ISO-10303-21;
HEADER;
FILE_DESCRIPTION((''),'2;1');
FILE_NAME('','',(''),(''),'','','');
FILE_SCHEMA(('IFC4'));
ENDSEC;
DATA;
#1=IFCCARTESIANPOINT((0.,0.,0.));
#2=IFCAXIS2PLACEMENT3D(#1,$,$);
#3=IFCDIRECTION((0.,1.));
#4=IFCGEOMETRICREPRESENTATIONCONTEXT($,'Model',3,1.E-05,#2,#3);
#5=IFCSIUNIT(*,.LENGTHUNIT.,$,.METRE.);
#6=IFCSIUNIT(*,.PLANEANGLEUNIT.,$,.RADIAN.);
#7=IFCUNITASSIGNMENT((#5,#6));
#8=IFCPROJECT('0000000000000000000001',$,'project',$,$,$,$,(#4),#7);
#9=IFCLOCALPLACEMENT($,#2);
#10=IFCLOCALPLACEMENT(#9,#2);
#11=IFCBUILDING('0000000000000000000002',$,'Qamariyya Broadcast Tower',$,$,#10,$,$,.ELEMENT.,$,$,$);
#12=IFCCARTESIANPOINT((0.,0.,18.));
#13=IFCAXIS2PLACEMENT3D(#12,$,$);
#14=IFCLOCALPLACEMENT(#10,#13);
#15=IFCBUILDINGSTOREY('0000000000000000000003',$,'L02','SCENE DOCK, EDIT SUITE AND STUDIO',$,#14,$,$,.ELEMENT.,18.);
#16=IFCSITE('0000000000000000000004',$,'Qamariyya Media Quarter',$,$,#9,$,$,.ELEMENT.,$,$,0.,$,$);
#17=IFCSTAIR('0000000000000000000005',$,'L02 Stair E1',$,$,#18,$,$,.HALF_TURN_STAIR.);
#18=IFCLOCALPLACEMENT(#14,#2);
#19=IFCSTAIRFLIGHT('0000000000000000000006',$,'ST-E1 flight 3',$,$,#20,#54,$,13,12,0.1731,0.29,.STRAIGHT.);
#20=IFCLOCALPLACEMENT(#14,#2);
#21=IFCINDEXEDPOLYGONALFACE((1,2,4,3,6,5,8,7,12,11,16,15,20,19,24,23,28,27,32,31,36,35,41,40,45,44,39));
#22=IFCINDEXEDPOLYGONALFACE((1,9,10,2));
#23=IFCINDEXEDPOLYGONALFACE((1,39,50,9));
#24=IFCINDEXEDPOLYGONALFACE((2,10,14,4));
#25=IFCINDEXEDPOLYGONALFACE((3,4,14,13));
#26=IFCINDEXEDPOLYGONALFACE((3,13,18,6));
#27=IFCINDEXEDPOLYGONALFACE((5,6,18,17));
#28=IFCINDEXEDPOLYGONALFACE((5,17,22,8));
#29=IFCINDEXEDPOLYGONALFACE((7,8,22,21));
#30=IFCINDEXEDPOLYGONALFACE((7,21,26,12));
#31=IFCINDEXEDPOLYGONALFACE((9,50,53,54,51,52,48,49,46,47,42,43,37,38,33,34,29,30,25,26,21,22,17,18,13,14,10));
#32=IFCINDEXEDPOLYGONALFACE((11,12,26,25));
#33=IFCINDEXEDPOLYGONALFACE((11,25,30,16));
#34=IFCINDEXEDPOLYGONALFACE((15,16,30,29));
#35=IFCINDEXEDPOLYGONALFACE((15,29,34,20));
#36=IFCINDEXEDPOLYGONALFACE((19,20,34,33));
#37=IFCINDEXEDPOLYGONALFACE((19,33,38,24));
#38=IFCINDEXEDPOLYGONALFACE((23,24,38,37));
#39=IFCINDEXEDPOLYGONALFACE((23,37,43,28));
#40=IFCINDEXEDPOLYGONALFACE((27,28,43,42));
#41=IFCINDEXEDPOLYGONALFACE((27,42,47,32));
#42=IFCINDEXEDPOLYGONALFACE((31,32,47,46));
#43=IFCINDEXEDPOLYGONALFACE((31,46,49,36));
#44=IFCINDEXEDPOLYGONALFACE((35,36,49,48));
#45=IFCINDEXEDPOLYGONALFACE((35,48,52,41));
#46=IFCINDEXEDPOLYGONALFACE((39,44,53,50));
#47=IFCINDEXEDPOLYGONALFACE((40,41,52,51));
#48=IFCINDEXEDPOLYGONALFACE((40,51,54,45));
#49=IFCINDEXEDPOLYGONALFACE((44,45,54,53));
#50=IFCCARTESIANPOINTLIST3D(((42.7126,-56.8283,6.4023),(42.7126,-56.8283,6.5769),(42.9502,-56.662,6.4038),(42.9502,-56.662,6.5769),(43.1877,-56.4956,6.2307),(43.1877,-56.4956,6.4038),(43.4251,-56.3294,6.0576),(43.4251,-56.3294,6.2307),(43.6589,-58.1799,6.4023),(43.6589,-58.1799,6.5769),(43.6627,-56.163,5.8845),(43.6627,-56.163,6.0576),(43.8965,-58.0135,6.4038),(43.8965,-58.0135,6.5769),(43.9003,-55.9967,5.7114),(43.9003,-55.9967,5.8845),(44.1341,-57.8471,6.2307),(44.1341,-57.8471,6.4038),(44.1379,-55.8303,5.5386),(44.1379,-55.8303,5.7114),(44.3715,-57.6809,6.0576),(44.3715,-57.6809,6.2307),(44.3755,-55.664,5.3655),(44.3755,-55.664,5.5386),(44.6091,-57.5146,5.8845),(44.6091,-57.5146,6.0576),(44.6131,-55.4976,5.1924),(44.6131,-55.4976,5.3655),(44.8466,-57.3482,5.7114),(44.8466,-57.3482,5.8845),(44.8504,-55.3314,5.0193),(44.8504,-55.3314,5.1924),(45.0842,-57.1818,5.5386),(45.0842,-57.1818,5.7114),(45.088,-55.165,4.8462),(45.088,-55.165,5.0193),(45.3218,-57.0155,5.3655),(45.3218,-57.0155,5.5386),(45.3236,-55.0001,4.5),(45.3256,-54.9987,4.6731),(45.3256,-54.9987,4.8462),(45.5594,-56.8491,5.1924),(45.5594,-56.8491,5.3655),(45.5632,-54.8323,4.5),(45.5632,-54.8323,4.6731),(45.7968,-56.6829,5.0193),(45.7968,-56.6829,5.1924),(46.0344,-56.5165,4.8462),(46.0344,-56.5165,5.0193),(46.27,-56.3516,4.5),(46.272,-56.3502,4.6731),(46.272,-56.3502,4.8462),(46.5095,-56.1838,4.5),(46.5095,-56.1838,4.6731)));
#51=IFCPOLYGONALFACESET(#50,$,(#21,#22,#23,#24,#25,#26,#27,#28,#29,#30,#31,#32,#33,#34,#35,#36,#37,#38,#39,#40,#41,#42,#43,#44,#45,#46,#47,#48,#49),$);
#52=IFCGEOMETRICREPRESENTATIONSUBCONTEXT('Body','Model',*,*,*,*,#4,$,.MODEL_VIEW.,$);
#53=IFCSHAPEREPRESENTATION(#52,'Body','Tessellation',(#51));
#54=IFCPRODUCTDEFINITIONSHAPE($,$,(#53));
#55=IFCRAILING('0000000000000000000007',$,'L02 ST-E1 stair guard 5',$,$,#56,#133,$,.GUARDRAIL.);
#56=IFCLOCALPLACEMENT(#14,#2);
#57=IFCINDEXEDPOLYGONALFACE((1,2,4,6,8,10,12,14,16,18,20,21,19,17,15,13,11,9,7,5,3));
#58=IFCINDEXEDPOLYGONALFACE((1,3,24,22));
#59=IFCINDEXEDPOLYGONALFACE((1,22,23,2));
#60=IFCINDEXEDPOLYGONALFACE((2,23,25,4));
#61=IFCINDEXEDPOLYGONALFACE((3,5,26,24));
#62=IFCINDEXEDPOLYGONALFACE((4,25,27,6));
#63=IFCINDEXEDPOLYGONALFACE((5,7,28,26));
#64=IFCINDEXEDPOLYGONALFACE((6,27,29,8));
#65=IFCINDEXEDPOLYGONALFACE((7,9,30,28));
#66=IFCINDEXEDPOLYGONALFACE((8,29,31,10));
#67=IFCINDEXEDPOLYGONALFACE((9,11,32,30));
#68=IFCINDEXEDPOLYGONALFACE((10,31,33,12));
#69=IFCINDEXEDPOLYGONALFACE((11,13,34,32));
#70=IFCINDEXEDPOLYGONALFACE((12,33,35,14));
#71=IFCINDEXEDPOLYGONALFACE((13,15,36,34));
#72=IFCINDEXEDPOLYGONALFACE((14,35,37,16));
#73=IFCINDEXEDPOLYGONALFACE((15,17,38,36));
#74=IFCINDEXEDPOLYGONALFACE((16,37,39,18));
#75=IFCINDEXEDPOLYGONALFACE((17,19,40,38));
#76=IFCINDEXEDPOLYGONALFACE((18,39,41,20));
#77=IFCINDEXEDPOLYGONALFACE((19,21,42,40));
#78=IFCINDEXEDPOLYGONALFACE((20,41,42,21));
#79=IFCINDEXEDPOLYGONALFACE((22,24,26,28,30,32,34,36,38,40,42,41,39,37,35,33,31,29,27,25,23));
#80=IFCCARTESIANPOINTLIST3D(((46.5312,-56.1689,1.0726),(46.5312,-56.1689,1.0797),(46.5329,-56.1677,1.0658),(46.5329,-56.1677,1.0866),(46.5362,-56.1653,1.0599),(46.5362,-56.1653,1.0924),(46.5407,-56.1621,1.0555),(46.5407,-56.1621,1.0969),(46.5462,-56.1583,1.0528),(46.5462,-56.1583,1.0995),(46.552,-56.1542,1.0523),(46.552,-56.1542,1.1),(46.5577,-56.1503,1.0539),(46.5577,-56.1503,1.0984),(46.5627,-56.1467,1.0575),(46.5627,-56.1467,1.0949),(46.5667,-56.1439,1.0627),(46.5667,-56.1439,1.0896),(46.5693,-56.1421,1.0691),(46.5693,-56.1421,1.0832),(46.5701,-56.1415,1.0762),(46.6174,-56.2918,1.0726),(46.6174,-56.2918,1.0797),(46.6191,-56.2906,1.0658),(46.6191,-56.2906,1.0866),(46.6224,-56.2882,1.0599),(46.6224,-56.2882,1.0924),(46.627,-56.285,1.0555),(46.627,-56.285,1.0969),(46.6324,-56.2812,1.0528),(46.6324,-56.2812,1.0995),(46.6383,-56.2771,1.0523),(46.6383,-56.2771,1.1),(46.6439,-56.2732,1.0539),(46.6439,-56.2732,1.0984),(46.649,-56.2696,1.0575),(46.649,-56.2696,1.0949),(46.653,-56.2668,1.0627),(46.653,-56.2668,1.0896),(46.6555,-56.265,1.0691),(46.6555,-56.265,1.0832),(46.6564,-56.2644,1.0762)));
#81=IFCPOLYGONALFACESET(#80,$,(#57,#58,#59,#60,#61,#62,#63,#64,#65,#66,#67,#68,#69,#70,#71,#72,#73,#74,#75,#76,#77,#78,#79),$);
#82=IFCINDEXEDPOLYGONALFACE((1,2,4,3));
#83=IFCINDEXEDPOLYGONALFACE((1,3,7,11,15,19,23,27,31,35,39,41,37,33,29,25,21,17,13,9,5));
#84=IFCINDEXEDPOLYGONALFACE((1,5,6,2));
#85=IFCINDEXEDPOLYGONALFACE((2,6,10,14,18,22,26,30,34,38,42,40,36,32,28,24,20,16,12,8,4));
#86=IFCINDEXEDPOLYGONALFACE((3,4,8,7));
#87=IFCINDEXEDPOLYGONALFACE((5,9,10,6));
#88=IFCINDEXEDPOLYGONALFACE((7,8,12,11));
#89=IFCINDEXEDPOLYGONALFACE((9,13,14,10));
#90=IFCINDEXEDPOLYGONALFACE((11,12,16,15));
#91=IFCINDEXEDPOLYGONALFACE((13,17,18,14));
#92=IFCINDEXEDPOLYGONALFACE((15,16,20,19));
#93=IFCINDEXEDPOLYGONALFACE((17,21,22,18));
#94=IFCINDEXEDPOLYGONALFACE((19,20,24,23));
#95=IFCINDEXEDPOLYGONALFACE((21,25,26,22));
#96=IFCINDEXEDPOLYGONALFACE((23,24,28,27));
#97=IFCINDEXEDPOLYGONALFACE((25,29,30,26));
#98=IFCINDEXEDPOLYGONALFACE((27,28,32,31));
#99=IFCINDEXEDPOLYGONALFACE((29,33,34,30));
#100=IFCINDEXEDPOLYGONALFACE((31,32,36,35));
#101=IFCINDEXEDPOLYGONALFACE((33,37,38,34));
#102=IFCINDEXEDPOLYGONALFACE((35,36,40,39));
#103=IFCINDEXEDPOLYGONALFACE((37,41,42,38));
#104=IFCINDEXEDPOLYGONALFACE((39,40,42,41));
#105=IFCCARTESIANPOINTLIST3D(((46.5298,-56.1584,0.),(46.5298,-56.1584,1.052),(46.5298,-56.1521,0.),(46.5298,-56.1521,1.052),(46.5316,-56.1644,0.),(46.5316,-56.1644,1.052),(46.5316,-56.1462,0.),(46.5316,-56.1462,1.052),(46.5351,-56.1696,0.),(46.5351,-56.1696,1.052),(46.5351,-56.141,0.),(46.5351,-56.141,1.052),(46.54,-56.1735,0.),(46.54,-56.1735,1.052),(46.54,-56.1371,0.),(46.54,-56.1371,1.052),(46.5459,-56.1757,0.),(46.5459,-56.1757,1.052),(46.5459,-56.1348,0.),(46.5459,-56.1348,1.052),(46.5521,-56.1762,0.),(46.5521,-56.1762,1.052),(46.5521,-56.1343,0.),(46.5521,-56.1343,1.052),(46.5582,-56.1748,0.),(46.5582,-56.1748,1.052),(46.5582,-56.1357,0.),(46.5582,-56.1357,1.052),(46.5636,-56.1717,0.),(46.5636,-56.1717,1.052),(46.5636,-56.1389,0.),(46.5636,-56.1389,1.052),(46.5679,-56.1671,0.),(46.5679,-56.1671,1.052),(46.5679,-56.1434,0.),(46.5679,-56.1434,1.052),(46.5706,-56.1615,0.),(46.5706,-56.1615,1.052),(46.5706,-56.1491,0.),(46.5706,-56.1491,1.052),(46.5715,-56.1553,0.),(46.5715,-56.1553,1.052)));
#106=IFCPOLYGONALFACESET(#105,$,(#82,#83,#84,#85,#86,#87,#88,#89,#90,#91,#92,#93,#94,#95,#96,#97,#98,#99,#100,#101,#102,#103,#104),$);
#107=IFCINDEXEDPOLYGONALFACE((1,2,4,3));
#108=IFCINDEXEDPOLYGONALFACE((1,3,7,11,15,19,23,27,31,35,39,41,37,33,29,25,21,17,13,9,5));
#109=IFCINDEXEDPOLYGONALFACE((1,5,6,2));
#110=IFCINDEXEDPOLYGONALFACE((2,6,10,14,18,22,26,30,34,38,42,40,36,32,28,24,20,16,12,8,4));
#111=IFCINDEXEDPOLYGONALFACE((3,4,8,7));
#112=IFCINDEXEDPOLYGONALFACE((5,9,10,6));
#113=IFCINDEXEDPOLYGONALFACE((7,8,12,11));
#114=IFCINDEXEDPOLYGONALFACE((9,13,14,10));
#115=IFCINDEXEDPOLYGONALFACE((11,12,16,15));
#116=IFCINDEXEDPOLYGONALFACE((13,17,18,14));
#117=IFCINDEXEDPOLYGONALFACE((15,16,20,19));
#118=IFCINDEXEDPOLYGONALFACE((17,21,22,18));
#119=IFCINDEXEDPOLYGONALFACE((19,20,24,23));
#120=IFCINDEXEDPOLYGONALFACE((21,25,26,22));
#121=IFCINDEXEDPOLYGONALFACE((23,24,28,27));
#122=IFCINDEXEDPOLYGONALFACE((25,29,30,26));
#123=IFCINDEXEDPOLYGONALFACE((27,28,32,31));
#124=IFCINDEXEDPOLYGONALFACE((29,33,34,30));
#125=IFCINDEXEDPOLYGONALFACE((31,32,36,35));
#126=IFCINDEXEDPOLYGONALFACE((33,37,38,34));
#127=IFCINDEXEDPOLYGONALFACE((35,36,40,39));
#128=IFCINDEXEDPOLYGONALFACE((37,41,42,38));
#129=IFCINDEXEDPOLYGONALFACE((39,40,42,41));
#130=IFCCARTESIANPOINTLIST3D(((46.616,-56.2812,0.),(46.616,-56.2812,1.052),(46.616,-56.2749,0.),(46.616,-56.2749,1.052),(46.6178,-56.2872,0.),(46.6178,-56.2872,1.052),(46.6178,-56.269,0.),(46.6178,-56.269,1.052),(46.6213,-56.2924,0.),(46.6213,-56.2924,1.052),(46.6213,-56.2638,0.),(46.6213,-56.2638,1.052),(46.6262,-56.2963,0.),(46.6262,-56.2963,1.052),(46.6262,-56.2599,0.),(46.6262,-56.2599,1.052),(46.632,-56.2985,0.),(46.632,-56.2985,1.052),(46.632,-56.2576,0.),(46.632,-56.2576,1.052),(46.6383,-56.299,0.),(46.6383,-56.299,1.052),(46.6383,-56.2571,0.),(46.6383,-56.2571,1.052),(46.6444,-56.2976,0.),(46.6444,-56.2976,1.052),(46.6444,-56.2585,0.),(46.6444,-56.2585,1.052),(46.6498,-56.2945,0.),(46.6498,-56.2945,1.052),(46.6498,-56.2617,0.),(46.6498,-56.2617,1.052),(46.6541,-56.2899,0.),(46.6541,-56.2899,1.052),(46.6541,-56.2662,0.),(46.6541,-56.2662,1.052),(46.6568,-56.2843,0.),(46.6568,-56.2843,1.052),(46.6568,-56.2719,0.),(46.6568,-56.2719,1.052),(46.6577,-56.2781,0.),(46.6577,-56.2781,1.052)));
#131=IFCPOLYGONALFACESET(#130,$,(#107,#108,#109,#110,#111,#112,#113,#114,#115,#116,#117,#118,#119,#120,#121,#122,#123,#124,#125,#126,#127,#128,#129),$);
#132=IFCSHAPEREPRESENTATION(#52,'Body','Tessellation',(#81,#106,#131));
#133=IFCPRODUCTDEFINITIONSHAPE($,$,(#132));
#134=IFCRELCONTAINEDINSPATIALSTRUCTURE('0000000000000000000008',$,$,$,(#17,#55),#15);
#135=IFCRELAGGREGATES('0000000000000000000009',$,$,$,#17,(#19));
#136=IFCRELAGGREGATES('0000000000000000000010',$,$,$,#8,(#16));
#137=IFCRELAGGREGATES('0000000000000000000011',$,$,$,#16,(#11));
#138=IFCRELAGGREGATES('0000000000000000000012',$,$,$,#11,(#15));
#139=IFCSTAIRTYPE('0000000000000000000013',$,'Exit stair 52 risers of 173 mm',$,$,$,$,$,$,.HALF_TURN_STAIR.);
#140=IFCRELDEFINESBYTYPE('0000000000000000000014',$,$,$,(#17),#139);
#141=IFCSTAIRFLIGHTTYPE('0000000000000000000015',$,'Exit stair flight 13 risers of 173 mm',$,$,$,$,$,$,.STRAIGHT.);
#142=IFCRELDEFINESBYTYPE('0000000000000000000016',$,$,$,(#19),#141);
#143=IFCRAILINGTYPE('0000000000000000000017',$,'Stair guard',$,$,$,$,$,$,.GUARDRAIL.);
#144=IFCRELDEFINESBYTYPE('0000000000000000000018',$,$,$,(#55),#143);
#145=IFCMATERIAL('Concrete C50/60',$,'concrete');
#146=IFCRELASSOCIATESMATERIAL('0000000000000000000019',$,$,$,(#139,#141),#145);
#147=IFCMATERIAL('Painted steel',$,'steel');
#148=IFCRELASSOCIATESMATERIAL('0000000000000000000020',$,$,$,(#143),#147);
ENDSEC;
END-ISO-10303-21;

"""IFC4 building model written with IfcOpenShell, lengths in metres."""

from ifc_helpers import new_model, si_unit, direction, frame, origin, origin_2d, place, context, subcontext, project, spatial, polyline, circle, outline, extrude, material, type_object, element, aggregate, save


model = new_model("IFC4")

# Units and contexts
model_context = context("Model", 3, precision=1e-05, world=origin(), true_north=direction((0.0, 1.0)))
body_context = subcontext(model_context, "Body", "Model", "MODEL_VIEW")
ifc_project = project(units=[si_unit("LENGTHUNIT", "METRE"), si_unit("PLANEANGLEUNIT", "RADIAN")], contexts=[model_context])

# Site, building, storey
site_placement = place(None, origin())
site = spatial("IfcSite", under=ifc_project, at=site_placement, Name="Qamariyya Media Quarter", CompositionType="ELEMENT", RefElevation=0.0)
building_placement = place(site_placement, origin())
building = spatial("IfcBuilding", under=site, at=building_placement, Name="Qamariyya Broadcast Tower", CompositionType="ELEMENT")
storey_placement = place(building_placement, frame((0.0, 0.0, 18.0)))
storey = spatial("IfcBuildingStorey", under=building, at=storey_placement, Name="L02", Description="SCENE DOCK, EDIT SUITE AND STUDIO", CompositionType="ELEMENT", Elevation=18.0)

# Shared definitions
ifc_material_1 = material(Name="Concrete C50/60", Category="concrete")

# Stair, stair flight
stair_type = type_object("IfcStairType", Name="Exit stair 52 risers of 173 mm", PredefinedType="HALF_TURN_STAIR", material=ifc_material_1)
stair_placement = place(storey_placement, origin())
stair = element("IfcStair", 1, at=stair_placement, inside=storey, type_object=stair_type, Name="L02 Stair E1", PredefinedType="HALF_TURN_STAIR")
stair_flight_type = type_object("IfcStairFlightType", Name="Exit stair flight 13 risers of 173 mm", PredefinedType="STRAIGHT", material=ifc_material_1)
stair_flight_1_placement = place(storey_placement, frame((46.0364, -55.5081, 4.5), z_axis=(0.0, 0.0, 1.0), x_axis=(-0.819152, -0.573576, 0.0)))
stair_flight_1 = element("IfcStairFlight", 2, at=stair_flight_1_placement, type_object=stair_flight_type, Name="ST-E1 flight 3", NumberOfRisers=13, NumberOfTreads=12, PredefinedType="STRAIGHT", RiserHeight=0.1731, TreadLength=0.29, context=body_context, shape_type="SweptSolid", body=[
    extrude(outline(polyline([(0.0, 0.0), (0.0, 0.1731), (0.29, 0.1731), (0.29, 0.3462), (0.5801, 0.3462), (0.5801, 0.5193), (0.8701, 0.5193), (0.8701, 0.6924), (1.1599, 0.6924), (1.1599, 0.8655), (1.45, 0.8655), (1.45, 1.0386), (1.74, 1.0386), (1.74, 1.2114), (2.03, 1.2114), (2.03, 1.3845), (2.3201, 1.3845), (2.3201, 1.5576), (2.6101, 1.5576), (2.6101, 1.7307), (2.8999, 1.7307), (2.8999, 1.9038), (3.1899, 1.9038), (3.1899, 2.0769), (3.48, 2.0769), (3.48, 2.25), (3.48, 1.9023), (0.2925, 0.0), (0.0, 0.0)])), frame((0.0, 0.825, 0.0), z_axis=(0.0, -1.0, 0.0), x_axis=(1.0, 0.0, 0.0)), (0.0, 0.0, 1.0), 1.6499),
])
aggregate(stair, [stair_flight_1])

# Railing
ifc_material_2 = material(Name="Painted steel", Category="steel")
railing_type_1 = type_object("IfcRailingType", Name="Stair guard", PredefinedType="GUARDRAIL", material=ifc_material_2)
railing_1_placement = place(storey_placement, frame((46.5505, -56.1553, 0.0)))
element("IfcRailing", 3, at=railing_1_placement, inside=storey, type_object=railing_type_1, Name="L02 ST-E1 stair guard 5", PredefinedType="GUARDRAIL", context=body_context, shape_type="SweptSolid", body=[
    extrude(circle(Radius=0.0239, at=origin_2d()), frame((0.0, 0.0, 1.0762), z_axis=(0.574445, -0.818543, 0.0), x_axis=(0.818543, 0.574445, 0.0)), (0.0, 0.0, 1.0), 0.1501),
    extrude(circle(Radius=0.021, at=origin_2d()), origin(), (0.0, 0.0, 1.0), 1.052),
    extrude(circle(Radius=0.021, at=origin_2d()), frame((0.0862, -0.1228, 0.0)), (0.0, 0.0, 1.0), 1.052),
])

save(model, "model.ifc")
